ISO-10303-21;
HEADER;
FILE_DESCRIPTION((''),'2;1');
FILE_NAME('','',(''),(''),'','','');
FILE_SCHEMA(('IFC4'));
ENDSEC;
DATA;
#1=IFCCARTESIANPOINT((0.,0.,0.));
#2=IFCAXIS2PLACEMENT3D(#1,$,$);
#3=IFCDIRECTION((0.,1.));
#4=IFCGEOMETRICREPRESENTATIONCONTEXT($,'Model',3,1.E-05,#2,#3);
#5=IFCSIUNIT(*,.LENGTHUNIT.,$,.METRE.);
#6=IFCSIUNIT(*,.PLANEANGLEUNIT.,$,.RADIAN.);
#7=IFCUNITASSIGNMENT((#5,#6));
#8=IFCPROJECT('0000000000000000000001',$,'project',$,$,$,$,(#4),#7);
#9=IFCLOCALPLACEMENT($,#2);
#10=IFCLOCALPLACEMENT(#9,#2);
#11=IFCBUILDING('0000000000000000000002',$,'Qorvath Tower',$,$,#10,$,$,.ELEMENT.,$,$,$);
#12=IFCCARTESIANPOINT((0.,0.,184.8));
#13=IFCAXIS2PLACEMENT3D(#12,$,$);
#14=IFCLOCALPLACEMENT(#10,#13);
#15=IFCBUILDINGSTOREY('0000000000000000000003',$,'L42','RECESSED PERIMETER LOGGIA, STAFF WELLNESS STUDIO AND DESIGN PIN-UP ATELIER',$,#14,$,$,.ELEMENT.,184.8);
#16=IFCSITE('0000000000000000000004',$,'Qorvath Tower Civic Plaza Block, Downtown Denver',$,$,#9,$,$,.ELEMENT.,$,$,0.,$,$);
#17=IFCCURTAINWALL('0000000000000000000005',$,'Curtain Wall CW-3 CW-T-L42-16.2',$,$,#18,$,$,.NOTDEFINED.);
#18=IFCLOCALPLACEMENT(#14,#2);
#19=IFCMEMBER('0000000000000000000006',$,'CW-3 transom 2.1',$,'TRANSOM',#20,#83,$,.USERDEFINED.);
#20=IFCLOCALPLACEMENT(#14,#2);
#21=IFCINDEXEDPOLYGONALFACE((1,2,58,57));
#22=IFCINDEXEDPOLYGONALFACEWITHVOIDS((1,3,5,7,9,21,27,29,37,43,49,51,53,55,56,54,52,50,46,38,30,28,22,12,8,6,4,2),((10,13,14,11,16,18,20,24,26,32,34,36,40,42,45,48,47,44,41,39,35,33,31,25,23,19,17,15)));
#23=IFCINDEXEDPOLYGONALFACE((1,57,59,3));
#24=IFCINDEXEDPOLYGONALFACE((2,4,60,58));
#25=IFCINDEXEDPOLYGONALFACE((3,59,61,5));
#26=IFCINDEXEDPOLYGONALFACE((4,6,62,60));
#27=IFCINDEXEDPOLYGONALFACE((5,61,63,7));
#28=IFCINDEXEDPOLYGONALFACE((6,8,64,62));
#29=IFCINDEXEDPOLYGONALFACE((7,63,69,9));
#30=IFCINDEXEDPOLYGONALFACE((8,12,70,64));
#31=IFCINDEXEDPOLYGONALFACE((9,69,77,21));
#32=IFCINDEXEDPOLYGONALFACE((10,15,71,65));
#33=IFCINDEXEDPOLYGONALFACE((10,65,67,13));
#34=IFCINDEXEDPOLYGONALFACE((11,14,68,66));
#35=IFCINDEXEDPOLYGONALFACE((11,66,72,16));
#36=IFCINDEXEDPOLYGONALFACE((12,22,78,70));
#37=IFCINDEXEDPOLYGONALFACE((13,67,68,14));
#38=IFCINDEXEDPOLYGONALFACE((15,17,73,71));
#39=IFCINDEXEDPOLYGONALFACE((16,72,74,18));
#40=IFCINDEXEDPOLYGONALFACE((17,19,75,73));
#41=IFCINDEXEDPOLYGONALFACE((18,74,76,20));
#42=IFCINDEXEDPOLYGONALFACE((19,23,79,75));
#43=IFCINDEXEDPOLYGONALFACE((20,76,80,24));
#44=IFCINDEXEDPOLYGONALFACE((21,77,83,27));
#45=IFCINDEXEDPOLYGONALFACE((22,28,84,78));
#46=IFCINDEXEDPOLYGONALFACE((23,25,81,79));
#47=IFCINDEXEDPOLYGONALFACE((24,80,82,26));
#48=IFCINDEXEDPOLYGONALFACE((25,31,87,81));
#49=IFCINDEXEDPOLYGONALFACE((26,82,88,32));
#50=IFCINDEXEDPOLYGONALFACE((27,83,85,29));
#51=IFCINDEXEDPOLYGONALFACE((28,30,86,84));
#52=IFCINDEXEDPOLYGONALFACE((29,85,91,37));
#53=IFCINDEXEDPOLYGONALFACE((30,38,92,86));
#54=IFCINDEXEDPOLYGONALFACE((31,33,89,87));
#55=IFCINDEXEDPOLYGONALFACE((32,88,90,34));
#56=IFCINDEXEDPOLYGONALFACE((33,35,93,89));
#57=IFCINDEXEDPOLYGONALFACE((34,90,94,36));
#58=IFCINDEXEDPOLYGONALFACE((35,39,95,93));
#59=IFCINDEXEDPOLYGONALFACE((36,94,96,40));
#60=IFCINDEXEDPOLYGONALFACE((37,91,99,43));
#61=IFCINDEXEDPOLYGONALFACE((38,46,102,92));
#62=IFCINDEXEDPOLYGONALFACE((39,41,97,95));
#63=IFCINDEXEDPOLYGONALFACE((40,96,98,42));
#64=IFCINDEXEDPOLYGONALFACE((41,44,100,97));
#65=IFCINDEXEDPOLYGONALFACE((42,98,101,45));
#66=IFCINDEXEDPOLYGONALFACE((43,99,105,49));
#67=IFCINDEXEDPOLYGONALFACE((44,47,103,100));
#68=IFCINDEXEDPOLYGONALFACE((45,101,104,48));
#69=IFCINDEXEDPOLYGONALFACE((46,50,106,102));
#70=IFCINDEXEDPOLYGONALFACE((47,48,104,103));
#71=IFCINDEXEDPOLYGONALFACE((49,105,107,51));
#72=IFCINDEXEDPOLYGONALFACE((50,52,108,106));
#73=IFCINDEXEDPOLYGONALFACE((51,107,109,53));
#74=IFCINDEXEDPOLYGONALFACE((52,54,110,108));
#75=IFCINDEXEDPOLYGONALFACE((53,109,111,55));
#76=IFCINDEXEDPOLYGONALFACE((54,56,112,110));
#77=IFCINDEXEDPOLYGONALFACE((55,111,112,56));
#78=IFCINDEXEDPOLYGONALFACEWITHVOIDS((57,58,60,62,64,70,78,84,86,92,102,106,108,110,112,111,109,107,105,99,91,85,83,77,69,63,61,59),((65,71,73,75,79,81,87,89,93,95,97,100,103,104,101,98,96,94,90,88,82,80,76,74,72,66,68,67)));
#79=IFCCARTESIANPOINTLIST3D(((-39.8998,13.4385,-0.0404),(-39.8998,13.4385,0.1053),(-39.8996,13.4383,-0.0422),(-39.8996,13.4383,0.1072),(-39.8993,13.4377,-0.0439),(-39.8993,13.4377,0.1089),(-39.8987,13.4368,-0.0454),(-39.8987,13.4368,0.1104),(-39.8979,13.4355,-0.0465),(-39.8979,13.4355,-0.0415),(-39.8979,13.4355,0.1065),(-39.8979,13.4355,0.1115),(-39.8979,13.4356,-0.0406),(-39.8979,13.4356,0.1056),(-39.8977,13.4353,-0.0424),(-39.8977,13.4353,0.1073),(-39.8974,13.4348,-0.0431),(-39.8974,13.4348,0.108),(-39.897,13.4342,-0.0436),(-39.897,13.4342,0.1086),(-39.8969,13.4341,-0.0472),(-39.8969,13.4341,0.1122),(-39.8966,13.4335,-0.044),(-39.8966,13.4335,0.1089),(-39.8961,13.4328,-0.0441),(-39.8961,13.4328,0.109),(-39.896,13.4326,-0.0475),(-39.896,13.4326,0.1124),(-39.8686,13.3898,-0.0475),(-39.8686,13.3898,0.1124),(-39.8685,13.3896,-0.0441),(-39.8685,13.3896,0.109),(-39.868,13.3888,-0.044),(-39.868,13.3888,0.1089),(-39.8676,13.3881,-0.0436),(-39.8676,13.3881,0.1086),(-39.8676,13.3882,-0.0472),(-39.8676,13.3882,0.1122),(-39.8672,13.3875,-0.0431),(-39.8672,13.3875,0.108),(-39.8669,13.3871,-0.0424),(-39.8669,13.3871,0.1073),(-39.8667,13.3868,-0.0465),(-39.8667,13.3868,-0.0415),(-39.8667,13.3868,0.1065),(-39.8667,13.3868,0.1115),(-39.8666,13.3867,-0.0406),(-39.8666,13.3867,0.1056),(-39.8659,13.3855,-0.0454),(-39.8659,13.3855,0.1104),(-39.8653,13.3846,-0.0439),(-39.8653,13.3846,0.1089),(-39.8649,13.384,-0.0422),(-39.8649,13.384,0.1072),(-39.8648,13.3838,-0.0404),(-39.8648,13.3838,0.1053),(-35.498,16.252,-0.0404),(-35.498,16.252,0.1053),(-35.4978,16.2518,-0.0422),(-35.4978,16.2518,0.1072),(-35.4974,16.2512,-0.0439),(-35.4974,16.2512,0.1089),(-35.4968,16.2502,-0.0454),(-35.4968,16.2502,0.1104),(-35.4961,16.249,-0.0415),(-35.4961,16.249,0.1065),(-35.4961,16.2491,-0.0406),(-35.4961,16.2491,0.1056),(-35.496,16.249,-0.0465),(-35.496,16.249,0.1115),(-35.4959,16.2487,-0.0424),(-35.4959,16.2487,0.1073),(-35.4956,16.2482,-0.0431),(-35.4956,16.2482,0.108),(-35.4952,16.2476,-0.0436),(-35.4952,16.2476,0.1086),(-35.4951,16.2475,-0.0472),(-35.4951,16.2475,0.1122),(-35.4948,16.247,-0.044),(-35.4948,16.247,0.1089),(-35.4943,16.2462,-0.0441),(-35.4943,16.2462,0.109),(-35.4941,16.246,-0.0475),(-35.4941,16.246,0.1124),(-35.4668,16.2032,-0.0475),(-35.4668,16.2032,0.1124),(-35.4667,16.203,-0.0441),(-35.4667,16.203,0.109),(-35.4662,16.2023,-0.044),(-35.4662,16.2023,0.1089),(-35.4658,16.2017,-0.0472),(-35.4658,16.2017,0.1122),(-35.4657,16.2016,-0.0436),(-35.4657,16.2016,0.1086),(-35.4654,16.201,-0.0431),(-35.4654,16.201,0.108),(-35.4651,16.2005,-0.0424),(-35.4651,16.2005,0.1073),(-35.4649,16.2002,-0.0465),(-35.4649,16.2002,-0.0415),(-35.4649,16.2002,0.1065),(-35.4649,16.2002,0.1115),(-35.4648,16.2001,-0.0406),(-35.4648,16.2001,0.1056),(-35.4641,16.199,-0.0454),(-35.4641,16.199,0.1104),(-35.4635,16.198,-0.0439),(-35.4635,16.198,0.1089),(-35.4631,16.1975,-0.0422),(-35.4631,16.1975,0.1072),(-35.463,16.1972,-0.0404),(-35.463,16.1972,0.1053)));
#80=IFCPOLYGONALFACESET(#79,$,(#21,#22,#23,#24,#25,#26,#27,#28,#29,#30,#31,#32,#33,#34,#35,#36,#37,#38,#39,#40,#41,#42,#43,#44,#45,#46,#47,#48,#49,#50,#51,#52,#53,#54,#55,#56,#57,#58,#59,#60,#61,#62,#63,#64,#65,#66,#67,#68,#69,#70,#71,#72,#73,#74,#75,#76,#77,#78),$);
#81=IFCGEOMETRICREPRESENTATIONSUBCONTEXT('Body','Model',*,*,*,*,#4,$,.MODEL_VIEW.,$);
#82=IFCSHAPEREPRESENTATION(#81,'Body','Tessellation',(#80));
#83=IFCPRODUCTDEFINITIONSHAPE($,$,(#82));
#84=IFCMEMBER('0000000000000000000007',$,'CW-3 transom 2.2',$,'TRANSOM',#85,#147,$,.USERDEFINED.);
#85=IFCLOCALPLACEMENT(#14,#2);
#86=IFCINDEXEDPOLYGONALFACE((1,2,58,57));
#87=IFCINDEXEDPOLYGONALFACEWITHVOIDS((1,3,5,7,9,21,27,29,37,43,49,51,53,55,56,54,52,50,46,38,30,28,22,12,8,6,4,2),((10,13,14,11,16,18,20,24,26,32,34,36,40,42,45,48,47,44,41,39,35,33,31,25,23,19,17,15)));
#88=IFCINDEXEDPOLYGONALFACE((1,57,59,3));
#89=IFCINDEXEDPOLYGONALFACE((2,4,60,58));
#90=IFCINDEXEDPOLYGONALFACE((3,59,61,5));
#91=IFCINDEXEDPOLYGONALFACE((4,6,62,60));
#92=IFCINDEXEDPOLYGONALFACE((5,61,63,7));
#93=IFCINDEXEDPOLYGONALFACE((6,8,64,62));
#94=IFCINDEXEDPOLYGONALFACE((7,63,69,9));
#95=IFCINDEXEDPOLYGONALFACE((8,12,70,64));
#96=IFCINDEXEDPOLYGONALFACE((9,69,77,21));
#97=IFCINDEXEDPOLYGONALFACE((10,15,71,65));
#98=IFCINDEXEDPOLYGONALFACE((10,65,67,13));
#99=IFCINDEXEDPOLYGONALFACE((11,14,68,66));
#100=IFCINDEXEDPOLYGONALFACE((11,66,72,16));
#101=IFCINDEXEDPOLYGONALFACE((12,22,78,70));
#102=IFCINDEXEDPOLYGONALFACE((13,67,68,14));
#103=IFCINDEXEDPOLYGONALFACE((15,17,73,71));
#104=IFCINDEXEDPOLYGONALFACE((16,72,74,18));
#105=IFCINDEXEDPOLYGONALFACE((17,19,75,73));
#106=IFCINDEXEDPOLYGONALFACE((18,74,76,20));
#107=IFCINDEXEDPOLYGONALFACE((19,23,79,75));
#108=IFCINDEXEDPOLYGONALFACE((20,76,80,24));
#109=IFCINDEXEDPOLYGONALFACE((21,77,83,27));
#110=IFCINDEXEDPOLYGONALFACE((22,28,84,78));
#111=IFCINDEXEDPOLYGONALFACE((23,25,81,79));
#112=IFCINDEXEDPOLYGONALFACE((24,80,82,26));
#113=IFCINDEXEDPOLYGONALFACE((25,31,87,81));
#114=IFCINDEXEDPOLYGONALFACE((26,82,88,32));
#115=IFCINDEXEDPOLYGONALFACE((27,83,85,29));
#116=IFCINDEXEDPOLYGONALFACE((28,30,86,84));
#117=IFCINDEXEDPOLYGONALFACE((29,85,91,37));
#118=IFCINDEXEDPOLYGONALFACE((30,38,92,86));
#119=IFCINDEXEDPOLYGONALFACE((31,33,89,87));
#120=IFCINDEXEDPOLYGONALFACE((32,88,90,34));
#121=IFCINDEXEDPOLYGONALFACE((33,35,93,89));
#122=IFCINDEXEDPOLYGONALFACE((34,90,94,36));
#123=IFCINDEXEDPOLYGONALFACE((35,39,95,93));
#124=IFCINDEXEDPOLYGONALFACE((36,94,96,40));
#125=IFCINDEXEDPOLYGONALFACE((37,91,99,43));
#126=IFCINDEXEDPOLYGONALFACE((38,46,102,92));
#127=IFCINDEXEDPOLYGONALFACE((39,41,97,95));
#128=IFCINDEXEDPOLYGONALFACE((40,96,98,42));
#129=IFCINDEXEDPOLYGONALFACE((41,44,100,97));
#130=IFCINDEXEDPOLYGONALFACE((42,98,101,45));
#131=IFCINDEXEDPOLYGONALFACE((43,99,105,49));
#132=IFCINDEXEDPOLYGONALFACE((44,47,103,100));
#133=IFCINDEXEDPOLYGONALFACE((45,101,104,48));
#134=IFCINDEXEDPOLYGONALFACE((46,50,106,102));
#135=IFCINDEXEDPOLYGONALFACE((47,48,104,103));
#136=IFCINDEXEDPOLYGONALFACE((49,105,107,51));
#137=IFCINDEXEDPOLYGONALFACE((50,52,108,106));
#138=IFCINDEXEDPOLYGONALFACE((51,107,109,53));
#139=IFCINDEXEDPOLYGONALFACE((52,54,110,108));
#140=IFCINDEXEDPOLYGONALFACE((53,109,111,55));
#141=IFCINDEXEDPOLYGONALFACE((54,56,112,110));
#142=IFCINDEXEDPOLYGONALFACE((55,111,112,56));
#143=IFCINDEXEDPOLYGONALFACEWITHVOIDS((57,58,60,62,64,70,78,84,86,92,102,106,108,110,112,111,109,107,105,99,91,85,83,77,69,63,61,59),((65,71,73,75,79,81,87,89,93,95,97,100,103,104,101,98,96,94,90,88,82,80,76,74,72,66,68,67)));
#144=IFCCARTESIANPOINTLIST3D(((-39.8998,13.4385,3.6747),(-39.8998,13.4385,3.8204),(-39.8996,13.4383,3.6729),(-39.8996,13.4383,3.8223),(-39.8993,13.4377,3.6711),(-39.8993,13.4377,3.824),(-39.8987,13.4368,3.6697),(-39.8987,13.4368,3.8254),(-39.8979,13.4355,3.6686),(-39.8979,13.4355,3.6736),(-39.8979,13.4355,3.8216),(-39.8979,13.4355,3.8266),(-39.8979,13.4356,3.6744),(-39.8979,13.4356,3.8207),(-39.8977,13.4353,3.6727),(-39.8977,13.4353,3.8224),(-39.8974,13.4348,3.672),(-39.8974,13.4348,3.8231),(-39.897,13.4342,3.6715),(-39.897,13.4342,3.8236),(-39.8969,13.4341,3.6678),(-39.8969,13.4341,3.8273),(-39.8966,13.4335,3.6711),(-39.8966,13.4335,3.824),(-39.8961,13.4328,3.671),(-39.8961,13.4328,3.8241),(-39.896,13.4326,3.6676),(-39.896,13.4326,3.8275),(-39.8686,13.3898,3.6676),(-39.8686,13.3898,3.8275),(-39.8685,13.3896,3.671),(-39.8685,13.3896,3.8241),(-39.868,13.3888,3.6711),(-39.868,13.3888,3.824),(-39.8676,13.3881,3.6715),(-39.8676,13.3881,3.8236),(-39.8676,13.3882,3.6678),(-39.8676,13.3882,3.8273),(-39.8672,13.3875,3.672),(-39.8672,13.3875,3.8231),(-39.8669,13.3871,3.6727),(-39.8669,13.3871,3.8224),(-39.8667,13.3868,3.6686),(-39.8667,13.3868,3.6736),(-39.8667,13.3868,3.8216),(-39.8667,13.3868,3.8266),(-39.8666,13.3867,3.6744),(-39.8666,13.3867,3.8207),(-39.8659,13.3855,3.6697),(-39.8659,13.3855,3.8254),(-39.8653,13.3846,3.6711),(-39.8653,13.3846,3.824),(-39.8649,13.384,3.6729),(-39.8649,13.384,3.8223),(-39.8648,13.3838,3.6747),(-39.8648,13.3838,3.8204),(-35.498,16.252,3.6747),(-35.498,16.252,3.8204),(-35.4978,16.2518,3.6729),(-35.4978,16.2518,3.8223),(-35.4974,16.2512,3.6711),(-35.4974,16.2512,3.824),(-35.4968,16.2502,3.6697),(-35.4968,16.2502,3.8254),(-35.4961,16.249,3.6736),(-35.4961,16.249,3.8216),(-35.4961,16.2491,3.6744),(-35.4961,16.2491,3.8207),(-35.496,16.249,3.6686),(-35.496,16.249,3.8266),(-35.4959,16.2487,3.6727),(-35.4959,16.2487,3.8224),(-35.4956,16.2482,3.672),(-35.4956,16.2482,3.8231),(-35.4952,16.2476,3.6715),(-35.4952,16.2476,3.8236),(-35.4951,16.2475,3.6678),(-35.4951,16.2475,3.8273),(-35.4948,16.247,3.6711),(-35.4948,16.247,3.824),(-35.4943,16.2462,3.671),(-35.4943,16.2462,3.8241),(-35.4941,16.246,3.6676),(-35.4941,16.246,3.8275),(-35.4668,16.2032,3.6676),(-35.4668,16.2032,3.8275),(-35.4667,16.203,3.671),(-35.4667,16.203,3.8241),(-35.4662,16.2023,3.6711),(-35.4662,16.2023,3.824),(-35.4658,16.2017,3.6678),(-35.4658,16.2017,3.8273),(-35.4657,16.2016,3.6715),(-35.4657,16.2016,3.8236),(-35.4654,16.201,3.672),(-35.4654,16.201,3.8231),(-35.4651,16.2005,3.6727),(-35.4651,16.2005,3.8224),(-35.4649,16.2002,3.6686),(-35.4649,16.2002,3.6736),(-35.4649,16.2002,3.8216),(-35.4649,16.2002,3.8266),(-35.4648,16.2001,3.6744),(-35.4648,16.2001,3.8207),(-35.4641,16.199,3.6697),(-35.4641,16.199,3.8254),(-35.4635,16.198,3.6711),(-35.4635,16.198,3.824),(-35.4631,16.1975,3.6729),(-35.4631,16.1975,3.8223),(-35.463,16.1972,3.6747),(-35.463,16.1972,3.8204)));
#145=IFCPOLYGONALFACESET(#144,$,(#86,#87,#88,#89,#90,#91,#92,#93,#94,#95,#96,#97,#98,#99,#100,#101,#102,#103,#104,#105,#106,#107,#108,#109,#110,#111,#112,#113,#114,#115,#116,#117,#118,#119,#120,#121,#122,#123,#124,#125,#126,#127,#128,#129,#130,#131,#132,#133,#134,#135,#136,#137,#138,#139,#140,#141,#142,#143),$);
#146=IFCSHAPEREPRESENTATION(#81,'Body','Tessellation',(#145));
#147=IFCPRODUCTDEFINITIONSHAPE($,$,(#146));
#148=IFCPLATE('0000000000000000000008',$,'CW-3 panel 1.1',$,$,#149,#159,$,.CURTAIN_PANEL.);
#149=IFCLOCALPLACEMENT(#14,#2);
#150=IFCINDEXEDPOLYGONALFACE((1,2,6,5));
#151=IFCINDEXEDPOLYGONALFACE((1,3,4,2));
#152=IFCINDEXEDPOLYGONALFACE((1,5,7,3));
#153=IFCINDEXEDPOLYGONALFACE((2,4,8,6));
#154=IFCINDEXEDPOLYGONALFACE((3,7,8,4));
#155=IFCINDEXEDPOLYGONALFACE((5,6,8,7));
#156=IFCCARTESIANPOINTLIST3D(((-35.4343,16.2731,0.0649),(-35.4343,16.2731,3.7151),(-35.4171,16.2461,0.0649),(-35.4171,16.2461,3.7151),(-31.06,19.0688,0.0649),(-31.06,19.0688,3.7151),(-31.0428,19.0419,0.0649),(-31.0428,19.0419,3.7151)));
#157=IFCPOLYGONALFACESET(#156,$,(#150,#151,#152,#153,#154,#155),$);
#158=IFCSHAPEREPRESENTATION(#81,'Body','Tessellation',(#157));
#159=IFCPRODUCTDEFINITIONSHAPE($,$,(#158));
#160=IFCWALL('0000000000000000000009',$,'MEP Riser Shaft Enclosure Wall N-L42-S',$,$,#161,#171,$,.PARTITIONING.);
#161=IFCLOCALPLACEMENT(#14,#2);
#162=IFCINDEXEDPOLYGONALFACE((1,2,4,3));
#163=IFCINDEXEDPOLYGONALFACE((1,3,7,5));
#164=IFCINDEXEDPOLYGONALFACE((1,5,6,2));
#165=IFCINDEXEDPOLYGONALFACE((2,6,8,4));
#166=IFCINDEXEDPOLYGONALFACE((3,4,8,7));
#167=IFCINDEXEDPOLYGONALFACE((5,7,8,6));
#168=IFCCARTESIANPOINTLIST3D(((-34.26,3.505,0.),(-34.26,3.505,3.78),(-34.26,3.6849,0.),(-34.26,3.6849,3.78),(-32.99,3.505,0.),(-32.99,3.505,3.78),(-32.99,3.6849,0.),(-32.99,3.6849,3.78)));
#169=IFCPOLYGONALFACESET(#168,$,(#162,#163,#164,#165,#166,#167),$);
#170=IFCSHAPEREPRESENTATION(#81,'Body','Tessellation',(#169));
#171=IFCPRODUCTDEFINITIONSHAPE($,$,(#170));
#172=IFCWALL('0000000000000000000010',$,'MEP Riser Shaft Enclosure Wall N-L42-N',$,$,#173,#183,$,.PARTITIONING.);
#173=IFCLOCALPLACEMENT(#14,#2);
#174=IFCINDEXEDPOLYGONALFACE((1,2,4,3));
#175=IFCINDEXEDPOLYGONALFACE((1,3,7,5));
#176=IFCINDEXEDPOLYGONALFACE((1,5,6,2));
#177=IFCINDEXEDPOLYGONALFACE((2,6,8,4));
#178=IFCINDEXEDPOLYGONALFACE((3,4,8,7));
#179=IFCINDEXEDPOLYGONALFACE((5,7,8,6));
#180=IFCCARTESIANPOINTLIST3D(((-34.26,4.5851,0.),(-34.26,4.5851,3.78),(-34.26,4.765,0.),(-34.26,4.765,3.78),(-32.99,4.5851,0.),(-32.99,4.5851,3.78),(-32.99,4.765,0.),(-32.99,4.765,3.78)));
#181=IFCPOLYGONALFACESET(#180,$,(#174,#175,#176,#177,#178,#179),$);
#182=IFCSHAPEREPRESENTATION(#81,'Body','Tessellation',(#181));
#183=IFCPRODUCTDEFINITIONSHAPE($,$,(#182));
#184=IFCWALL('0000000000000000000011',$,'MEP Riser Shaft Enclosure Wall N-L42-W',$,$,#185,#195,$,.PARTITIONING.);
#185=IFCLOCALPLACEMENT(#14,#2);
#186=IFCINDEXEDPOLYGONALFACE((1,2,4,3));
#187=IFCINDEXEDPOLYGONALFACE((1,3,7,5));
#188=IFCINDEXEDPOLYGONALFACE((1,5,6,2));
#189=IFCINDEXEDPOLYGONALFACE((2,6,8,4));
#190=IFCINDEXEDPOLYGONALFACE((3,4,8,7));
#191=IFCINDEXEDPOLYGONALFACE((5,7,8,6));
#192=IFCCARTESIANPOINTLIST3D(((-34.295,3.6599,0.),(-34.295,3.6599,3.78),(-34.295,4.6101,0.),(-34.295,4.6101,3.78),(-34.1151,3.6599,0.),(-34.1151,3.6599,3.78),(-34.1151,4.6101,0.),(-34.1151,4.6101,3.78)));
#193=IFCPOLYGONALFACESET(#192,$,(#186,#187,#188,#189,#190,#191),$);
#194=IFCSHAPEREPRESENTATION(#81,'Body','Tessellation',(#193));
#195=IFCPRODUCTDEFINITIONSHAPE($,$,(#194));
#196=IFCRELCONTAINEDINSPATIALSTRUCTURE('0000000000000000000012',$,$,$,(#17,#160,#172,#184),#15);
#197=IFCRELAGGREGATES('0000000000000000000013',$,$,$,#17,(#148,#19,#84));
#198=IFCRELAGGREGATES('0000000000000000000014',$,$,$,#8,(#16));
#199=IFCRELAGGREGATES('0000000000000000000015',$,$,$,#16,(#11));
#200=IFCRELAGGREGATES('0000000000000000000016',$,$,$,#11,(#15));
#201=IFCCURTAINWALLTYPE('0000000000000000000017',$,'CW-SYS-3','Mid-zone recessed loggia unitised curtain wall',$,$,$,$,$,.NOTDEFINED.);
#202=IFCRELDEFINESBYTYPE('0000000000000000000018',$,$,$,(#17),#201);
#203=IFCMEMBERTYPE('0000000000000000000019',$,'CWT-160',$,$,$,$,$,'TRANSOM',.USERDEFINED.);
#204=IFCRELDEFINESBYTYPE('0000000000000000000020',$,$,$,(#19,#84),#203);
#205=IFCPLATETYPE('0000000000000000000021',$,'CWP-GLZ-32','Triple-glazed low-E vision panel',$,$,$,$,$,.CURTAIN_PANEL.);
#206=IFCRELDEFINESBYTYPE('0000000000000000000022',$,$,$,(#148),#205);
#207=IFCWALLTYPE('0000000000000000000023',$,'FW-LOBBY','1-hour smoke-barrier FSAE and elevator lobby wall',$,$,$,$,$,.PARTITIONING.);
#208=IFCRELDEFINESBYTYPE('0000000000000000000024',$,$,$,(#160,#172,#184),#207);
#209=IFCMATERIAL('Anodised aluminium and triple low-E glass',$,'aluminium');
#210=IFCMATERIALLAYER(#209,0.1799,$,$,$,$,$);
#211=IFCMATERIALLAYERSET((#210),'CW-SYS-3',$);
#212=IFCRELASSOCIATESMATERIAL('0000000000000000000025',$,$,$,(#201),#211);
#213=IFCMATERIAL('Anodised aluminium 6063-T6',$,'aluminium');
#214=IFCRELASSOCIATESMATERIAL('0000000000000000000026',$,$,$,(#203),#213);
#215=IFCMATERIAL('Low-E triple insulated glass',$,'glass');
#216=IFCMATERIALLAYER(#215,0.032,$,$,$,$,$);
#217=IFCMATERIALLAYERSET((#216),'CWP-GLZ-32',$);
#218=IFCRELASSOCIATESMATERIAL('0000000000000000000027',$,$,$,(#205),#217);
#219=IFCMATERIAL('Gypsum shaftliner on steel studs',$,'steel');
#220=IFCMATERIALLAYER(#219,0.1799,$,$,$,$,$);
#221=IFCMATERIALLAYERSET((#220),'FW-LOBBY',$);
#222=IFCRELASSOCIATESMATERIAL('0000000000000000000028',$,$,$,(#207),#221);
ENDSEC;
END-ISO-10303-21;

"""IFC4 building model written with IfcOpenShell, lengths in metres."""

from ifc_helpers import new_model, si_unit, direction, frame, frame_2d, origin, origin_2d, place, context, subcontext, project, spatial, rectangle, hollow_rectangle, extrude, material, layer, layer_set, material_profile, profile_set, type_object, element, aggregate, save


model = new_model("IFC4")

# Units and contexts
model_context = context("Model", 3, precision=1e-05, world=origin(), true_north=direction((0.0, 1.0)))
body_context = subcontext(model_context, "Body", "Model", "MODEL_VIEW")
ifc_project = project(units=[si_unit("LENGTHUNIT", "METRE"), si_unit("PLANEANGLEUNIT", "RADIAN")], contexts=[model_context])

# Site, building, storey
site_placement = place(None, origin())
site = spatial("IfcSite", under=ifc_project, at=site_placement, Name="Qorvath Tower Civic Plaza Block, Downtown Denver", CompositionType="ELEMENT", RefElevation=0.0)
building_placement = place(site_placement, origin())
building = spatial("IfcBuilding", under=site, at=building_placement, Name="Qorvath Tower", CompositionType="ELEMENT")
storey_placement = place(building_placement, frame((0.0, 0.0, 184.8)))
storey = spatial("IfcBuildingStorey", under=building, at=storey_placement, Name="L42", Description="RECESSED PERIMETER LOGGIA, STAFF WELLNESS STUDIO AND DESIGN PIN-UP ATELIER", CompositionType="ELEMENT", Elevation=184.8)

# Curtain wall, members, plate
ifc_material_1 = material(Name="Anodised aluminium and triple low-E glass", Category="aluminium")
ifc_layer_1 = layer(ifc_material_1, 0.1799)
ifc_layer_set_1 = layer_set([ifc_layer_1], Name="CW-SYS-3")
curtain_wall_type = type_object("IfcCurtainWallType", Name="CW-SYS-3", Description="Mid-zone recessed loggia unitised curtain wall", PredefinedType="NOTDEFINED", material=ifc_layer_set_1)
curtain_wall_placement = place(storey_placement, origin())
curtain_wall = element("IfcCurtainWall", 1, at=curtain_wall_placement, inside=storey, type_object=curtain_wall_type, Name="Curtain Wall CW-3 CW-T-L42-16.2", PredefinedType="NOTDEFINED")
ifc_material_2 = material(Name="Anodised aluminium 6063-T6", Category="aluminium")
ifc_material_profile_1 = material_profile(ifc_material_2, hollow_rectangle(XDim=0.0649, YDim=0.1599, WallThickness=0.0034, InnerFilletRadius=0.0034, OuterFilletRadius=0.0071, at=origin_2d()), Name="CWT 160x65")
ifc_profile_set_1 = profile_set([ifc_material_profile_1], Name="Anodised aluminium 6063-T6")
member_type_1 = type_object("IfcMemberType", Name="CWT-160", ElementType="TRANSOM", PredefinedType="USERDEFINED", material=ifc_profile_set_1)
member_1_placement = place(storey_placement, frame((-35.4805, 16.2246, 0.0325), z_axis=(-0.842594, -0.53855, 0.0), x_axis=(0.53855, -0.842594, 0.0)))
member_1 = element("IfcMember", 2, at=member_1_placement, type_object=member_type_1, Name="CW-3 transom 2.1", ObjectType="TRANSOM", PredefinedType="USERDEFINED", context=body_context, shape_type="SweptSolid", body=[
    extrude(hollow_rectangle(XDim=0.0649, YDim=0.1599, WallThickness=0.0034, InnerFilletRadius=0.0034, OuterFilletRadius=0.0071, at=origin_2d()), origin(), (0.0, 0.0, 1.0), 5.2241),
])
member_2_placement = place(storey_placement, frame((-35.4805, 16.2246, 3.7476), z_axis=(-0.842594, -0.53855, 0.0), x_axis=(0.53855, -0.842594, 0.0)))
member_2 = element("IfcMember", 3, at=member_2_placement, type_object=member_type_1, Name="CW-3 transom 2.2", ObjectType="TRANSOM", PredefinedType="USERDEFINED", context=body_context, shape_type="SweptSolid", body=[
    extrude(hollow_rectangle(XDim=0.0649, YDim=0.1599, WallThickness=0.0034, InnerFilletRadius=0.0034, OuterFilletRadius=0.0071, at=origin_2d()), origin(), (0.0, 0.0, 1.0), 5.2241),
])
ifc_material_3 = material(Name="Low-E triple insulated glass", Category="glass")
ifc_layer_2 = layer(ifc_material_3, 0.032)
ifc_layer_set_2 = layer_set([ifc_layer_2], Name="CWP-GLZ-32")
plate_type = type_object("IfcPlateType", Name="CWP-GLZ-32", Description="Triple-glazed low-E vision panel", PredefinedType="CURTAIN_PANEL", material=ifc_layer_set_2)
plate_placement = place(storey_placement, frame((-33.2385, 17.6575, 0.0649), z_axis=(0.0, 0.0, 1.0), x_axis=(-0.842604, -0.538533, 0.0)))
plate = element("IfcPlate", 4, at=plate_placement, type_object=plate_type, Name="CW-3 panel 1.1", PredefinedType="CURTAIN_PANEL", context=body_context, shape_type="SweptSolid", body=[
    extrude(rectangle(XDim=5.1914, YDim=0.032, at=origin_2d()), origin(), (0.0, 0.0, 1.0), 3.6501),
])
aggregate(curtain_wall, [plate, member_1, member_2])

# Walls
ifc_material_4 = material(Name="Gypsum shaftliner on steel studs", Category="steel")
ifc_layer_3 = layer(ifc_material_4, 0.1799)
ifc_layer_set_3 = layer_set([ifc_layer_3], Name="FW-LOBBY")
wall_type_1 = type_object("IfcWallType", Name="FW-LOBBY", Description="1-hour smoke-barrier FSAE and elevator lobby wall", PredefinedType="PARTITIONING", material=ifc_layer_set_3)
for number, where, z_axis, x_axis, name in (
    (5, (-32.99, 3.595, 0.0), (0.0, 0.0, 1.0), (-1.0, 0.0, 0.0), "MEP Riser Shaft Enclosure Wall N-L42-S"),
    (6, (-34.26, 4.675, 0.0), (0.0, 0.0, 1.0), (1.0, 0.0, 0.0), "MEP Riser Shaft Enclosure Wall N-L42-N"),
):
    element("IfcWall", number, at=place(storey_placement, frame(where, z_axis=z_axis, x_axis=x_axis)), inside=storey, type_object=wall_type_1, Name=name, PredefinedType="PARTITIONING", context=body_context, shape_type="SweptSolid", body=[
        extrude(rectangle(XDim=1.27, YDim=0.1799, at=frame_2d((0.635, 0.0))), origin(), (0.0, 0.0, 1.0), 3.78),
    ])
for number, where, z_axis, x_axis, name in (
    (7, (-34.2051, 3.6599, 0.0), (0.0, 0.0, 1.0), (0.0, 1.0, 0.0), "MEP Riser Shaft Enclosure Wall N-L42-W"),
):
    element("IfcWall", number, at=place(storey_placement, frame(where, z_axis=z_axis, x_axis=x_axis)), inside=storey, type_object=wall_type_1, Name=name, PredefinedType="PARTITIONING", context=body_context, shape_type="SweptSolid", body=[
        extrude(rectangle(XDim=0.9502, YDim=0.1799, at=frame_2d((0.4751, 0.0))), origin(), (0.0, 0.0, 1.0), 3.78),
    ])

save(model, "model.ifc")
